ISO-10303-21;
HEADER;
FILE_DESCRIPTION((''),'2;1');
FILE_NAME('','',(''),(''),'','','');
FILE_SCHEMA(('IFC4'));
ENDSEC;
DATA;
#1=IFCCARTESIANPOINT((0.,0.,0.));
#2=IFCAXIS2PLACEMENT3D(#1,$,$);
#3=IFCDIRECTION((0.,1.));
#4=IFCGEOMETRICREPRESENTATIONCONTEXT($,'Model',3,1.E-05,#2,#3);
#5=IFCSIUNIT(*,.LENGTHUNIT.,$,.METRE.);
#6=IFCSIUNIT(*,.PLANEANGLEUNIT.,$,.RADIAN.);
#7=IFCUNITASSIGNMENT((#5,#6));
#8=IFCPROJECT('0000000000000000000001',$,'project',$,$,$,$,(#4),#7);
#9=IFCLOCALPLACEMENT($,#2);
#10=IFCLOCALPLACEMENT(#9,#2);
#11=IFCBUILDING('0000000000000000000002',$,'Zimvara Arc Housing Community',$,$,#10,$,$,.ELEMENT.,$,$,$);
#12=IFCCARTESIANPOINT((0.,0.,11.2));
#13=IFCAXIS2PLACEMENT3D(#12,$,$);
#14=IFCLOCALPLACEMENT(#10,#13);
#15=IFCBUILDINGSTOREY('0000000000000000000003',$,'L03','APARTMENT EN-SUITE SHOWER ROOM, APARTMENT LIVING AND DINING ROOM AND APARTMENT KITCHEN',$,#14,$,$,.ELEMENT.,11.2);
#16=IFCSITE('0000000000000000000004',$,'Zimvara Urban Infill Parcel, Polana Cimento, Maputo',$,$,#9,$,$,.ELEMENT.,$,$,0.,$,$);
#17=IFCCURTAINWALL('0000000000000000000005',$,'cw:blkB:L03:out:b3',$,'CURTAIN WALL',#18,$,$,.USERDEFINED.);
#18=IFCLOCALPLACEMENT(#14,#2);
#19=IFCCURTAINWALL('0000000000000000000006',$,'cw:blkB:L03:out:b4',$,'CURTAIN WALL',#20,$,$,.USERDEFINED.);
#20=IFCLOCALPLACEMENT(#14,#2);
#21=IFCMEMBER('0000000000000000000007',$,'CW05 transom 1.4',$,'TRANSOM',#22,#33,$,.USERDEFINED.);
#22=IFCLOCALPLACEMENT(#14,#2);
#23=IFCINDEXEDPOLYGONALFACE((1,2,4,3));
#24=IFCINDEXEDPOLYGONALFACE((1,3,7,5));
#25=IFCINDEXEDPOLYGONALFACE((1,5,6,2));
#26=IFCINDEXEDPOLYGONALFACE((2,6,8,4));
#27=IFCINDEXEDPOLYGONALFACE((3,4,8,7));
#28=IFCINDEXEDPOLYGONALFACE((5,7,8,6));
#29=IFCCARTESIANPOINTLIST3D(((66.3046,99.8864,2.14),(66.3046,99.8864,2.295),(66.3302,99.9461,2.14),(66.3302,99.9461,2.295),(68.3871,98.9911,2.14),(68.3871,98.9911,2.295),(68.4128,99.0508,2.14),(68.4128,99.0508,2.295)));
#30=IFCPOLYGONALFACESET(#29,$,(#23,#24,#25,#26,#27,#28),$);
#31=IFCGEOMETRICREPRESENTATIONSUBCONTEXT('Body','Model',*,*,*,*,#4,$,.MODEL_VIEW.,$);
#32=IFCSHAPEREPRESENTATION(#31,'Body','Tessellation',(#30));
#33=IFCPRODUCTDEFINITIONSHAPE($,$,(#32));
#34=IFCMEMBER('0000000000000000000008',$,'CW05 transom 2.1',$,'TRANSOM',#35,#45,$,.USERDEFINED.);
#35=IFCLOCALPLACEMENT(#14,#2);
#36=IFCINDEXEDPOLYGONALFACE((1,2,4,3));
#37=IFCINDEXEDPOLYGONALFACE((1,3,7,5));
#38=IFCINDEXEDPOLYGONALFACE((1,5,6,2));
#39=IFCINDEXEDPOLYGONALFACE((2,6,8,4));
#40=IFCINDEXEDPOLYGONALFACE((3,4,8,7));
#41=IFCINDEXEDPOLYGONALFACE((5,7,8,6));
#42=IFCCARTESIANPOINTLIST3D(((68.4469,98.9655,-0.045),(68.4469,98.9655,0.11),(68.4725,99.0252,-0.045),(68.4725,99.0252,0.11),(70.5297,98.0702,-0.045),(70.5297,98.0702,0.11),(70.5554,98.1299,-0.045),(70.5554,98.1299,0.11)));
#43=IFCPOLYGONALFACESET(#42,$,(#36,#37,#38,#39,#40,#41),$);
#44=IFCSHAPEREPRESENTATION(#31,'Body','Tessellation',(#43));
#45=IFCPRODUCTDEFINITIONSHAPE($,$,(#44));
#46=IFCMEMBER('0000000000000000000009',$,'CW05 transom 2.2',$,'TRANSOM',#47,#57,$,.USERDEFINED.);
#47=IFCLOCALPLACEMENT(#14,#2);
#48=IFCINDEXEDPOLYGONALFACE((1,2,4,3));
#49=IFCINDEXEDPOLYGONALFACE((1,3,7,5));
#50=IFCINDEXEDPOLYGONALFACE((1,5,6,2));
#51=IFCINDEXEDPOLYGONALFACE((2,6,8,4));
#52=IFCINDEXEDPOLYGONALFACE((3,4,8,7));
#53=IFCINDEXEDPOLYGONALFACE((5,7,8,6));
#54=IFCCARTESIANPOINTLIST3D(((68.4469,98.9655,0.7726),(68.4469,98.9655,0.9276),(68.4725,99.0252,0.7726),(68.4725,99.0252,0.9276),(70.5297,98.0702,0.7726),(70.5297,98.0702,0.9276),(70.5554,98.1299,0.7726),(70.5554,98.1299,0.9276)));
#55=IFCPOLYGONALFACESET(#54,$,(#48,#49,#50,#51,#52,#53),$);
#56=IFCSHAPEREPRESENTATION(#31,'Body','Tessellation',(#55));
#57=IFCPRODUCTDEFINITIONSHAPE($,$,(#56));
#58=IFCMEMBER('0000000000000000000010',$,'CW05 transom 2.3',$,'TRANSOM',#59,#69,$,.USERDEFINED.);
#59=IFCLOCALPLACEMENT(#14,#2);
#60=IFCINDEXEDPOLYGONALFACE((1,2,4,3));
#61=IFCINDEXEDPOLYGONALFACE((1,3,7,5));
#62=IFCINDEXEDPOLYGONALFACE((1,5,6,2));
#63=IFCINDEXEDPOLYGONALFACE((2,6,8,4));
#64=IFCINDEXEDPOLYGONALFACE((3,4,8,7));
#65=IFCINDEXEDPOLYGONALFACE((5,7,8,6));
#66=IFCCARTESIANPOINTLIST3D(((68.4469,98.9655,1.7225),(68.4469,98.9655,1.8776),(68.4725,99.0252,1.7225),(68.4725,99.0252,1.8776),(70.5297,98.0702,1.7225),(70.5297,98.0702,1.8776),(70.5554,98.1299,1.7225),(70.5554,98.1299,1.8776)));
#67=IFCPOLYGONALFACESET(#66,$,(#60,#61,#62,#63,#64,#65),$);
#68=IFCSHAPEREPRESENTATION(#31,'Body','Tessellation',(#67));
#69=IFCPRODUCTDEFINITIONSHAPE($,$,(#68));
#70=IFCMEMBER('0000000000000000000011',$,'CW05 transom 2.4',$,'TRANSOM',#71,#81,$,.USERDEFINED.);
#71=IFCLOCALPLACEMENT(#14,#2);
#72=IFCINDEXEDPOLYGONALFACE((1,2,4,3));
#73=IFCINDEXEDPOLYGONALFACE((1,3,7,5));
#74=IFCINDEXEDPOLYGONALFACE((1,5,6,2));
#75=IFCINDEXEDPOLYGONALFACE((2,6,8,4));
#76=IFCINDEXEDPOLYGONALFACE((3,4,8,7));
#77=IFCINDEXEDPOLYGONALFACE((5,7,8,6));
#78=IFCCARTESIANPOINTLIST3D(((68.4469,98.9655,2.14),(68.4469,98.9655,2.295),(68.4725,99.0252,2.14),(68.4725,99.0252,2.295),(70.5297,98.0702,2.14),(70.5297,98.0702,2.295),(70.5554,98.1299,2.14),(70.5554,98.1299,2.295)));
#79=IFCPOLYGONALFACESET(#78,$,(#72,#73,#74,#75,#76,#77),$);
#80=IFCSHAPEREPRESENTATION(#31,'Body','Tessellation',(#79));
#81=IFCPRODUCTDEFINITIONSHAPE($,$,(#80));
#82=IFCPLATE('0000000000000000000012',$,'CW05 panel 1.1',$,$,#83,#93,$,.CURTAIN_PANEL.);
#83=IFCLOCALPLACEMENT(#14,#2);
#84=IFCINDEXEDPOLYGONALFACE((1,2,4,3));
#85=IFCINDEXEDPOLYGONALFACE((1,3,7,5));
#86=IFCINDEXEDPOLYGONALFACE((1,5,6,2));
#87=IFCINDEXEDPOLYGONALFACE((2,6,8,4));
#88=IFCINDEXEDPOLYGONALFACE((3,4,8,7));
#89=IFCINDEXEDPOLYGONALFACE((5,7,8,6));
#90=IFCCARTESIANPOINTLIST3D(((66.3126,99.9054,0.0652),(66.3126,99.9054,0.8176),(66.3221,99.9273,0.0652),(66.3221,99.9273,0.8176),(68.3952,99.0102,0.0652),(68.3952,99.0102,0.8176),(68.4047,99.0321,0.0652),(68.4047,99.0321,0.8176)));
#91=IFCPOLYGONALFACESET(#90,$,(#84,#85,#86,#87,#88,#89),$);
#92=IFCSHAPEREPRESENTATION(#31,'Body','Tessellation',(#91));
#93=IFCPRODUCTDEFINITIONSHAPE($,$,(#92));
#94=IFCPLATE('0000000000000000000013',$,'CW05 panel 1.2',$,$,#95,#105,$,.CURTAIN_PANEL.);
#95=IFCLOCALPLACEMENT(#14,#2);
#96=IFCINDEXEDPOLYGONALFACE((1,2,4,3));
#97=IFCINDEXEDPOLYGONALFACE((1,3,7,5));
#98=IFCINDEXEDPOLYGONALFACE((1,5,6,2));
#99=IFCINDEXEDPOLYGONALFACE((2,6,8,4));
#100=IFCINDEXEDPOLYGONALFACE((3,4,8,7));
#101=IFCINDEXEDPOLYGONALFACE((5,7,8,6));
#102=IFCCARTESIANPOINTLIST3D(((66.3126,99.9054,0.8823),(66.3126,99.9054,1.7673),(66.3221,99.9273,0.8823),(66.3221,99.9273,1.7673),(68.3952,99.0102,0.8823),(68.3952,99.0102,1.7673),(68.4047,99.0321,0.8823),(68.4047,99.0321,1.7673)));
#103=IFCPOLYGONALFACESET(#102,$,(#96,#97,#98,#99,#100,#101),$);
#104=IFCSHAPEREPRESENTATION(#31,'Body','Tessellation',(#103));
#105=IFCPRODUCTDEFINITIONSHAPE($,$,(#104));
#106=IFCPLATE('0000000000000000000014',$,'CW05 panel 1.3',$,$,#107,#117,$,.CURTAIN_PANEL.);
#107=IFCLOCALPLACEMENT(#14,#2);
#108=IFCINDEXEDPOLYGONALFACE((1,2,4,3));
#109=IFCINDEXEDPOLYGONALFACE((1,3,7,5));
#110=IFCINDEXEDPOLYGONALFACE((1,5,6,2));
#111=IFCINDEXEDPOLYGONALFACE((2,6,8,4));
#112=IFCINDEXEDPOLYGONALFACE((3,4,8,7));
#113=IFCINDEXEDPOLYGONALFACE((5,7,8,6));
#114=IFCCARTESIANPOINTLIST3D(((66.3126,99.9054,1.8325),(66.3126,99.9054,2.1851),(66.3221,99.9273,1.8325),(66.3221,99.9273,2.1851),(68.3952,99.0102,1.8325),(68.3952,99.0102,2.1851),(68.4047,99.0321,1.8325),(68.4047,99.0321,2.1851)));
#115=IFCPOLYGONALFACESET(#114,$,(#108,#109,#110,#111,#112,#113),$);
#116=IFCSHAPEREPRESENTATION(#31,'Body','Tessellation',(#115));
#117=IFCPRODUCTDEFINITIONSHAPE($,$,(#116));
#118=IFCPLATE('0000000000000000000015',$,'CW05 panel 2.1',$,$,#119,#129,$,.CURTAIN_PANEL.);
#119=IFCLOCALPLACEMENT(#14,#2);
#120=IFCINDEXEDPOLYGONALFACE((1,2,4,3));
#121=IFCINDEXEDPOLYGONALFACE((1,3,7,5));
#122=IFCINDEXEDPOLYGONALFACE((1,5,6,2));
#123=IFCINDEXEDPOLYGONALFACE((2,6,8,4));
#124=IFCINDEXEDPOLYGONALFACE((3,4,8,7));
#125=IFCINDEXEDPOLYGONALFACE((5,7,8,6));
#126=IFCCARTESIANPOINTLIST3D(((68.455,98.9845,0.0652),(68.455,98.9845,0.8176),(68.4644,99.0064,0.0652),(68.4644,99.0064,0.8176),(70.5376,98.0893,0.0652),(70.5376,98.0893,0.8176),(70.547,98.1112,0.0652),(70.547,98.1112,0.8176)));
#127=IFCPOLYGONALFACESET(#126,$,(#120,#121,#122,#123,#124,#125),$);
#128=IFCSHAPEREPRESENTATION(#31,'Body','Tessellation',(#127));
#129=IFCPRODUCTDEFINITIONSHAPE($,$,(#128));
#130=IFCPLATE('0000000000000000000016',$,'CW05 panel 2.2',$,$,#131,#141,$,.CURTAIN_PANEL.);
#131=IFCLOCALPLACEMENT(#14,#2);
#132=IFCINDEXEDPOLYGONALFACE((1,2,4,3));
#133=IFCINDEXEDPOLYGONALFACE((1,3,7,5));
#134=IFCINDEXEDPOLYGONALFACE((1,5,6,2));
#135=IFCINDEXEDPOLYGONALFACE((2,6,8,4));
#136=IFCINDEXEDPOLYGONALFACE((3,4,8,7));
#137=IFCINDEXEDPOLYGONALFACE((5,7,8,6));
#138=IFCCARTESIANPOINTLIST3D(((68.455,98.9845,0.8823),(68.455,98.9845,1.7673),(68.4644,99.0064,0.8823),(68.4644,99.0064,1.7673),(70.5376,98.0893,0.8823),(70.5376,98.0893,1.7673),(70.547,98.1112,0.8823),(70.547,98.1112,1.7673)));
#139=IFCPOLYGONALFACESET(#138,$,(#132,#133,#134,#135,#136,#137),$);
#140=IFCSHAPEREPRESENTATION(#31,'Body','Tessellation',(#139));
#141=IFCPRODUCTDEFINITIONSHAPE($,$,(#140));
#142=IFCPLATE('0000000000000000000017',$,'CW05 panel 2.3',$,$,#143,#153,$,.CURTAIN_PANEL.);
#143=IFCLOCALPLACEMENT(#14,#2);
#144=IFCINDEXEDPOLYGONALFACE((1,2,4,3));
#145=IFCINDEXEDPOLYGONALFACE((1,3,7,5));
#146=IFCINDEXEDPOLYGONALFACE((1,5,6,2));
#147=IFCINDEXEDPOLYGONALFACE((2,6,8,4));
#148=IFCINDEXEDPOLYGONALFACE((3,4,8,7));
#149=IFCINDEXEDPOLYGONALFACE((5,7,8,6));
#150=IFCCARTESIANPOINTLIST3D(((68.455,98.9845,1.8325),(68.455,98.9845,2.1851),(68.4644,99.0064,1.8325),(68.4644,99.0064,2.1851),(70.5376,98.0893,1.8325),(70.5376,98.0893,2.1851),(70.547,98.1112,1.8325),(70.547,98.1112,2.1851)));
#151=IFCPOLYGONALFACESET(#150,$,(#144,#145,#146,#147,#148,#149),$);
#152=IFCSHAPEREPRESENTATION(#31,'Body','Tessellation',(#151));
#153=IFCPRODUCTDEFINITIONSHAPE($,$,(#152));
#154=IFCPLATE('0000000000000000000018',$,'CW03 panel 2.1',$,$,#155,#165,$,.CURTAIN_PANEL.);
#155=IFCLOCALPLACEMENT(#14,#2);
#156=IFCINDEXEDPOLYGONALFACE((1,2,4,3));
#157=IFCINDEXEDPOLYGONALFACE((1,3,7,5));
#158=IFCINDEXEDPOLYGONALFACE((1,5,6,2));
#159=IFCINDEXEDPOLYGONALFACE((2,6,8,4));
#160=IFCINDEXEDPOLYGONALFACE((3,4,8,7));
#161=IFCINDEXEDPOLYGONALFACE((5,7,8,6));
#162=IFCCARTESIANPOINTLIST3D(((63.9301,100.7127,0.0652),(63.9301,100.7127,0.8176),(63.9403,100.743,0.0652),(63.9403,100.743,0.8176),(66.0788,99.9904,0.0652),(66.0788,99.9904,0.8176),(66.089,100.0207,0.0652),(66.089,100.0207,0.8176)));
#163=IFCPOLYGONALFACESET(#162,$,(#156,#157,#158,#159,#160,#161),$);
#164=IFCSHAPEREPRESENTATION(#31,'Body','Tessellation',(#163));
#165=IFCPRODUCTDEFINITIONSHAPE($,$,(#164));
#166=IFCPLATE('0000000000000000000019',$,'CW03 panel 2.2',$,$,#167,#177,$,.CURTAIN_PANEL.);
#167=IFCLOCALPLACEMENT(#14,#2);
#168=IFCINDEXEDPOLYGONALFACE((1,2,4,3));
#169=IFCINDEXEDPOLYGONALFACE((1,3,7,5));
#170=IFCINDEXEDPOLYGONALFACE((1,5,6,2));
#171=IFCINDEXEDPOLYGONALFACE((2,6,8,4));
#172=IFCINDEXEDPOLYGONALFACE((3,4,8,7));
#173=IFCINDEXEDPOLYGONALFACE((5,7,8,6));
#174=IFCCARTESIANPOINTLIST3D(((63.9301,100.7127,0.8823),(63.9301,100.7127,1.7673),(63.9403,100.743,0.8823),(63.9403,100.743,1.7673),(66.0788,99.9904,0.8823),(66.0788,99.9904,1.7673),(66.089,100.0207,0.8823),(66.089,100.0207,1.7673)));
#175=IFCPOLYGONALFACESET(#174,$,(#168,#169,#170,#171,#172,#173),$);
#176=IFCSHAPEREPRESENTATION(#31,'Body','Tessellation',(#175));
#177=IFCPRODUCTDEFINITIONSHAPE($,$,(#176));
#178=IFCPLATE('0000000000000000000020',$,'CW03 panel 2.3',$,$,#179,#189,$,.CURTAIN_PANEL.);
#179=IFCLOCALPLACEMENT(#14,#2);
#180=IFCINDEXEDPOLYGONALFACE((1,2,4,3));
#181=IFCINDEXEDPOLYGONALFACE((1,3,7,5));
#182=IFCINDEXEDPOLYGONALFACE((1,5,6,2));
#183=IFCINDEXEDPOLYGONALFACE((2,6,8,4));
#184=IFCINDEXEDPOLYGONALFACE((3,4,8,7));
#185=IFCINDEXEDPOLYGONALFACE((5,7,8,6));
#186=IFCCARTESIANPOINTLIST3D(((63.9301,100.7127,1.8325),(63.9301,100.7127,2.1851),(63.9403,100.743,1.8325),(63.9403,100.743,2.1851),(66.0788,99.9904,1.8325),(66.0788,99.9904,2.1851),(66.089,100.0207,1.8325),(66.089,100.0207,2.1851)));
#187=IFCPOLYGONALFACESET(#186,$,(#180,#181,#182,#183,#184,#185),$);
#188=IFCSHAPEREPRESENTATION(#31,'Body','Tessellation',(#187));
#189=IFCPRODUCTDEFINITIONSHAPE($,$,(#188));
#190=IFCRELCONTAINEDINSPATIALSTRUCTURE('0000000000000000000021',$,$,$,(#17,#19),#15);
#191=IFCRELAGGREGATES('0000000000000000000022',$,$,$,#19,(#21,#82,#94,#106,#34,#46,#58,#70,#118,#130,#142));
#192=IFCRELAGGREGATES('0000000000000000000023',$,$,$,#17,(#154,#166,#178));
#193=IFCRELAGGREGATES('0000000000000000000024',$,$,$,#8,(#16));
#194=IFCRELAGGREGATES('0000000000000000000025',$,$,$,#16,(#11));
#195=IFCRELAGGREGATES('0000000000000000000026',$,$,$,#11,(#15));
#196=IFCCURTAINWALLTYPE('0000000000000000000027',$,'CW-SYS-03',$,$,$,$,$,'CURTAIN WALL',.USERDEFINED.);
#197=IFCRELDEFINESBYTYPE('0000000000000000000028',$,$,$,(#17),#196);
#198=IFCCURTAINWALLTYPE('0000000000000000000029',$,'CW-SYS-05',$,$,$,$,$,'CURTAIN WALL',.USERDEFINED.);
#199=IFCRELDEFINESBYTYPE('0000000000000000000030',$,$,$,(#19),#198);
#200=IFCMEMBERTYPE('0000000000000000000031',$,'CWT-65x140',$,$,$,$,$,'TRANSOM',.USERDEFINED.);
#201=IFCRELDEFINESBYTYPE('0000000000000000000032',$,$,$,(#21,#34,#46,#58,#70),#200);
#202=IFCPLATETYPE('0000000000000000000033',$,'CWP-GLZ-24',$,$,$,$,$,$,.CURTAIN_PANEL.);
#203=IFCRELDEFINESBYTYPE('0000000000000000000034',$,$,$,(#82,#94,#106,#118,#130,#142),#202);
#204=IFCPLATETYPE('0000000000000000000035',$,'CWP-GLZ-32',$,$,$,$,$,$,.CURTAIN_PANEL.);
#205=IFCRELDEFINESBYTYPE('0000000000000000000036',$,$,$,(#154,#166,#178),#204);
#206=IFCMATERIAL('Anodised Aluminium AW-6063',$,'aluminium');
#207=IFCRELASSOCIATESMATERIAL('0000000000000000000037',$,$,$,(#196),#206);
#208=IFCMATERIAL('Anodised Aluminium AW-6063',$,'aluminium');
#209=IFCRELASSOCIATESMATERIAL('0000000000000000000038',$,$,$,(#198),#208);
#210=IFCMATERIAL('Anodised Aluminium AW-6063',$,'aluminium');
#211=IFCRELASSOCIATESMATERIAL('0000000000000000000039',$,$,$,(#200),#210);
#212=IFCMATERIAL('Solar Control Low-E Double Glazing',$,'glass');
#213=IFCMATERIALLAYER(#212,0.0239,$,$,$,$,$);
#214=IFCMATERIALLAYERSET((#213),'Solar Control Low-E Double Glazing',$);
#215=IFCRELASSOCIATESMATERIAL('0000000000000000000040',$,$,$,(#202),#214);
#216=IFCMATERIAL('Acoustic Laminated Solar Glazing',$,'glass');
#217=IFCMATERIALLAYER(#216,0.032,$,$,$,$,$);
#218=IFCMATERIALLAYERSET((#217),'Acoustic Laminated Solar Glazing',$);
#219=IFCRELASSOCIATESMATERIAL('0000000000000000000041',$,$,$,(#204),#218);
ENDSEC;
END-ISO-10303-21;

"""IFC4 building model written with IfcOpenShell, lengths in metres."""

from ifc_helpers import new_model, si_unit, direction, frame, origin, origin_2d, place, context, subcontext, project, spatial, rectangle, extrude, material, layer, layer_set, material_profile, profile_set, type_object, element, aggregate, save


model = new_model("IFC4")

# Units and contexts
model_context = context("Model", 3, precision=1e-05, world=origin(), true_north=direction((0.0, 1.0)))
body_context = subcontext(model_context, "Body", "Model", "MODEL_VIEW")
ifc_project = project(units=[si_unit("LENGTHUNIT", "METRE"), si_unit("PLANEANGLEUNIT", "RADIAN")], contexts=[model_context])

# Site, building, storey
site_placement = place(None, origin())
site = spatial("IfcSite", under=ifc_project, at=site_placement, Name="Zimvara Urban Infill Parcel, Polana Cimento, Maputo", CompositionType="ELEMENT", RefElevation=0.0)
building_placement = place(site_placement, origin())
building = spatial("IfcBuilding", under=site, at=building_placement, Name="Zimvara Arc Housing Community", CompositionType="ELEMENT")
storey_placement = place(building_placement, frame((0.0, 0.0, 11.2)))
storey = spatial("IfcBuildingStorey", under=building, at=storey_placement, Name="L03", Description="APARTMENT EN-SUITE SHOWER ROOM, APARTMENT LIVING AND DINING ROOM AND APARTMENT KITCHEN", CompositionType="ELEMENT", Elevation=11.2)

# Curtain walls
ifc_material_1 = material(Name="Anodised Aluminium AW-6063", Category="aluminium")
curtain_wall_type_1 = type_object("IfcCurtainWallType", Name="CW-SYS-03", ElementType="CURTAIN WALL", PredefinedType="USERDEFINED", material=ifc_material_1)
curtain_wall_1_placement = place(storey_placement, origin())
curtain_wall_1 = element("IfcCurtainWall", 1, at=curtain_wall_1_placement, inside=storey, type_object=curtain_wall_type_1, Name="cw:blkB:L03:out:b3", ObjectType="CURTAIN WALL", PredefinedType="USERDEFINED")
ifc_material_2 = material(Name="Anodised Aluminium AW-6063", Category="aluminium")
curtain_wall_type_2 = type_object("IfcCurtainWallType", Name="CW-SYS-05", ElementType="CURTAIN WALL", PredefinedType="USERDEFINED", material=ifc_material_2)
curtain_wall_2_placement = place(storey_placement, origin())
curtain_wall_2 = element("IfcCurtainWall", 2, at=curtain_wall_2_placement, inside=storey, type_object=curtain_wall_type_2, Name="cw:blkB:L03:out:b4", ObjectType="CURTAIN WALL", PredefinedType="USERDEFINED")

# Members
ifc_material_3 = material(Name="Anodised Aluminium AW-6063", Category="aluminium")
ifc_material_profile_1 = material_profile(ifc_material_3, rectangle(XDim=0.0649, YDim=0.155, at=origin_2d()), Name="ALU 65x155")
ifc_profile_set_1 = profile_set([ifc_material_profile_1], Name="Anodised Aluminium AW-6063")
member_type_1 = type_object("IfcMemberType", Name="CWT-65x140", ElementType="TRANSOM", PredefinedType="USERDEFINED", material=ifc_profile_set_1)
member_1_placement = place(storey_placement, frame((66.3174, 99.9163, 2.2175), z_axis=(0.918704, -0.394946, 0.0), x_axis=(0.394946, 0.918704, 0.0)))
member_1 = element("IfcMember", 3, at=member_1_placement, type_object=member_type_1, Name="CW05 transom 1.4", ObjectType="TRANSOM", PredefinedType="USERDEFINED", context=body_context, shape_type="SweptSolid", body=[
    extrude(rectangle(XDim=0.0649, YDim=0.155, at=origin_2d()), origin(), (0.0, 0.0, 1.0), 2.2668),
])
member_2_placement = place(storey_placement, frame((68.4597, 98.9954, 0.0325), z_axis=(0.918721, -0.394907, 0.0), x_axis=(0.394907, 0.918721, 0.0)))
member_2 = element("IfcMember", 4, at=member_2_placement, type_object=member_type_1, Name="CW05 transom 2.1", ObjectType="TRANSOM", PredefinedType="USERDEFINED", context=body_context, shape_type="SweptSolid", body=[
    extrude(rectangle(XDim=0.0649, YDim=0.155, at=origin_2d()), origin(), (0.0, 0.0, 1.0), 2.2671),
])
member_3_placement = place(storey_placement, frame((68.4597, 98.9954, 0.8501), z_axis=(0.918721, -0.394907, 0.0), x_axis=(0.394907, 0.918721, 0.0)))
member_3 = element("IfcMember", 5, at=member_3_placement, type_object=member_type_1, Name="CW05 transom 2.2", ObjectType="TRANSOM", PredefinedType="USERDEFINED", context=body_context, shape_type="SweptSolid", body=[
    extrude(rectangle(XDim=0.0649, YDim=0.155, at=origin_2d()), origin(), (0.0, 0.0, 1.0), 2.2671),
])
member_4_placement = place(storey_placement, frame((68.4597, 98.9954, 1.8), z_axis=(0.918721, -0.394907, 0.0), x_axis=(0.394907, 0.918721, 0.0)))
member_4 = element("IfcMember", 6, at=member_4_placement, type_object=member_type_1, Name="CW05 transom 2.3", ObjectType="TRANSOM", PredefinedType="USERDEFINED", context=body_context, shape_type="SweptSolid", body=[
    extrude(rectangle(XDim=0.0649, YDim=0.155, at=origin_2d()), origin(), (0.0, 0.0, 1.0), 2.2671),
])
member_5_placement = place(storey_placement, frame((68.4597, 98.9954, 2.2175), z_axis=(0.918721, -0.394907, 0.0), x_axis=(0.394907, 0.918721, 0.0)))
member_5 = element("IfcMember", 7, at=member_5_placement, type_object=member_type_1, Name="CW05 transom 2.4", ObjectType="TRANSOM", PredefinedType="USERDEFINED", context=body_context, shape_type="SweptSolid", body=[
    extrude(rectangle(XDim=0.0649, YDim=0.155, at=origin_2d()), origin(), (0.0, 0.0, 1.0), 2.2671),
])

# Plates
ifc_material_4 = material(Name="Solar Control Low-E Double Glazing", Category="glass")
ifc_layer_1 = layer(ifc_material_4, 0.0239)
ifc_layer_set_1 = layer_set([ifc_layer_1], Name="Solar Control Low-E Double Glazing")
plate_type_1 = type_object("IfcPlateType", Name="CWP-GLZ-24", PredefinedType="CURTAIN_PANEL", material=ifc_layer_set_1)
plate_1_placement = place(storey_placement, frame((67.3586, 99.4688, 0.0652), z_axis=(0.0, 0.0, 1.0), x_axis=(0.918722, -0.394904, 0.0)))
plate_1 = element("IfcPlate", 8, at=plate_1_placement, type_object=plate_type_1, Name="CW05 panel 1.1", PredefinedType="CURTAIN_PANEL", context=body_context, shape_type="SweptSolid", body=[
    extrude(rectangle(XDim=2.2668, YDim=0.0239, at=origin_2d()), origin(), (0.0, 0.0, 1.0), 0.7524),
])
plate_2_placement = place(storey_placement, frame((67.3586, 99.4688, 0.8823), z_axis=(0.0, 0.0, 1.0), x_axis=(0.918722, -0.394904, 0.0)))
plate_2 = element("IfcPlate", 9, at=plate_2_placement, type_object=plate_type_1, Name="CW05 panel 1.2", PredefinedType="CURTAIN_PANEL", context=body_context, shape_type="SweptSolid", body=[
    extrude(rectangle(XDim=2.2668, YDim=0.0239, at=origin_2d()), origin(), (0.0, 0.0, 1.0), 0.885),
])
plate_3_placement = place(storey_placement, frame((67.3586, 99.4688, 1.8325), z_axis=(0.0, 0.0, 1.0), x_axis=(0.918722, -0.394904, 0.0)))
plate_3 = element("IfcPlate", 10, at=plate_3_placement, type_object=plate_type_1, Name="CW05 panel 1.3", PredefinedType="CURTAIN_PANEL", context=body_context, shape_type="SweptSolid", body=[
    extrude(rectangle(XDim=2.2668, YDim=0.0239, at=origin_2d()), origin(), (0.0, 0.0, 1.0), 0.3525),
])
plate_4_placement = place(storey_placement, frame((69.501, 98.5479, 0.0652), z_axis=(0.0, 0.0, 1.0), x_axis=(0.918722, -0.394904, 0.0)))
plate_4 = element("IfcPlate", 11, at=plate_4_placement, type_object=plate_type_1, Name="CW05 panel 2.1", PredefinedType="CURTAIN_PANEL", context=body_context, shape_type="SweptSolid", body=[
    extrude(rectangle(XDim=2.2668, YDim=0.0239, at=origin_2d()), origin(), (0.0, 0.0, 1.0), 0.7524),
])
plate_5_placement = place(storey_placement, frame((69.501, 98.5479, 0.8823), z_axis=(0.0, 0.0, 1.0), x_axis=(0.918722, -0.394904, 0.0)))
plate_5 = element("IfcPlate", 12, at=plate_5_placement, type_object=plate_type_1, Name="CW05 panel 2.2", PredefinedType="CURTAIN_PANEL", context=body_context, shape_type="SweptSolid", body=[
    extrude(rectangle(XDim=2.2668, YDim=0.0239, at=origin_2d()), origin(), (0.0, 0.0, 1.0), 0.885),
])
plate_6_placement = place(storey_placement, frame((69.501, 98.5479, 1.8325), z_axis=(0.0, 0.0, 1.0), x_axis=(0.918722, -0.394904, 0.0)))
plate_6 = element("IfcPlate", 13, at=plate_6_placement, type_object=plate_type_1, Name="CW05 panel 2.3", PredefinedType="CURTAIN_PANEL", context=body_context, shape_type="SweptSolid", body=[
    extrude(rectangle(XDim=2.2668, YDim=0.0239, at=origin_2d()), origin(), (0.0, 0.0, 1.0), 0.3525),
])
aggregate(curtain_wall_2, [member_1, plate_1, plate_2, plate_3, member_2, member_3, member_4, member_5, plate_4, plate_5, plate_6])
ifc_material_5 = material(Name="Acoustic Laminated Solar Glazing", Category="glass")
ifc_layer_2 = layer(ifc_material_5, 0.032)
ifc_layer_set_2 = layer_set([ifc_layer_2], Name="Acoustic Laminated Solar Glazing")
plate_type_2 = type_object("IfcPlateType", Name="CWP-GLZ-32", PredefinedType="CURTAIN_PANEL", material=ifc_layer_set_2)
plate_7_placement = place(storey_placement, frame((65.0095, 100.3667, 0.0652), z_axis=(0.0, 0.0, 1.0), x_axis=(0.94788, -0.318629, 0.0)))
plate_7 = element("IfcPlate", 14, at=plate_7_placement, type_object=plate_type_2, Name="CW03 panel 2.1", PredefinedType="CURTAIN_PANEL", context=body_context, shape_type="SweptSolid", body=[
    extrude(rectangle(XDim=2.2668, YDim=0.032, at=origin_2d()), origin(), (0.0, 0.0, 1.0), 0.7524),
])
plate_8_placement = place(storey_placement, frame((65.0095, 100.3667, 0.8823), z_axis=(0.0, 0.0, 1.0), x_axis=(0.94788, -0.318629, 0.0)))
plate_8 = element("IfcPlate", 15, at=plate_8_placement, type_object=plate_type_2, Name="CW03 panel 2.2", PredefinedType="CURTAIN_PANEL", context=body_context, shape_type="SweptSolid", body=[
    extrude(rectangle(XDim=2.2668, YDim=0.032, at=origin_2d()), origin(), (0.0, 0.0, 1.0), 0.885),
])
plate_9_placement = place(storey_placement, frame((65.0095, 100.3667, 1.8325), z_axis=(0.0, 0.0, 1.0), x_axis=(0.94788, -0.318629, 0.0)))
plate_9 = element("IfcPlate", 16, at=plate_9_placement, type_object=plate_type_2, Name="CW03 panel 2.3", PredefinedType="CURTAIN_PANEL", context=body_context, shape_type="SweptSolid", body=[
    extrude(rectangle(XDim=2.2668, YDim=0.032, at=origin_2d()), origin(), (0.0, 0.0, 1.0), 0.3525),
])
aggregate(curtain_wall_1, [plate_7, plate_8, plate_9])

save(model, "model.ifc")
